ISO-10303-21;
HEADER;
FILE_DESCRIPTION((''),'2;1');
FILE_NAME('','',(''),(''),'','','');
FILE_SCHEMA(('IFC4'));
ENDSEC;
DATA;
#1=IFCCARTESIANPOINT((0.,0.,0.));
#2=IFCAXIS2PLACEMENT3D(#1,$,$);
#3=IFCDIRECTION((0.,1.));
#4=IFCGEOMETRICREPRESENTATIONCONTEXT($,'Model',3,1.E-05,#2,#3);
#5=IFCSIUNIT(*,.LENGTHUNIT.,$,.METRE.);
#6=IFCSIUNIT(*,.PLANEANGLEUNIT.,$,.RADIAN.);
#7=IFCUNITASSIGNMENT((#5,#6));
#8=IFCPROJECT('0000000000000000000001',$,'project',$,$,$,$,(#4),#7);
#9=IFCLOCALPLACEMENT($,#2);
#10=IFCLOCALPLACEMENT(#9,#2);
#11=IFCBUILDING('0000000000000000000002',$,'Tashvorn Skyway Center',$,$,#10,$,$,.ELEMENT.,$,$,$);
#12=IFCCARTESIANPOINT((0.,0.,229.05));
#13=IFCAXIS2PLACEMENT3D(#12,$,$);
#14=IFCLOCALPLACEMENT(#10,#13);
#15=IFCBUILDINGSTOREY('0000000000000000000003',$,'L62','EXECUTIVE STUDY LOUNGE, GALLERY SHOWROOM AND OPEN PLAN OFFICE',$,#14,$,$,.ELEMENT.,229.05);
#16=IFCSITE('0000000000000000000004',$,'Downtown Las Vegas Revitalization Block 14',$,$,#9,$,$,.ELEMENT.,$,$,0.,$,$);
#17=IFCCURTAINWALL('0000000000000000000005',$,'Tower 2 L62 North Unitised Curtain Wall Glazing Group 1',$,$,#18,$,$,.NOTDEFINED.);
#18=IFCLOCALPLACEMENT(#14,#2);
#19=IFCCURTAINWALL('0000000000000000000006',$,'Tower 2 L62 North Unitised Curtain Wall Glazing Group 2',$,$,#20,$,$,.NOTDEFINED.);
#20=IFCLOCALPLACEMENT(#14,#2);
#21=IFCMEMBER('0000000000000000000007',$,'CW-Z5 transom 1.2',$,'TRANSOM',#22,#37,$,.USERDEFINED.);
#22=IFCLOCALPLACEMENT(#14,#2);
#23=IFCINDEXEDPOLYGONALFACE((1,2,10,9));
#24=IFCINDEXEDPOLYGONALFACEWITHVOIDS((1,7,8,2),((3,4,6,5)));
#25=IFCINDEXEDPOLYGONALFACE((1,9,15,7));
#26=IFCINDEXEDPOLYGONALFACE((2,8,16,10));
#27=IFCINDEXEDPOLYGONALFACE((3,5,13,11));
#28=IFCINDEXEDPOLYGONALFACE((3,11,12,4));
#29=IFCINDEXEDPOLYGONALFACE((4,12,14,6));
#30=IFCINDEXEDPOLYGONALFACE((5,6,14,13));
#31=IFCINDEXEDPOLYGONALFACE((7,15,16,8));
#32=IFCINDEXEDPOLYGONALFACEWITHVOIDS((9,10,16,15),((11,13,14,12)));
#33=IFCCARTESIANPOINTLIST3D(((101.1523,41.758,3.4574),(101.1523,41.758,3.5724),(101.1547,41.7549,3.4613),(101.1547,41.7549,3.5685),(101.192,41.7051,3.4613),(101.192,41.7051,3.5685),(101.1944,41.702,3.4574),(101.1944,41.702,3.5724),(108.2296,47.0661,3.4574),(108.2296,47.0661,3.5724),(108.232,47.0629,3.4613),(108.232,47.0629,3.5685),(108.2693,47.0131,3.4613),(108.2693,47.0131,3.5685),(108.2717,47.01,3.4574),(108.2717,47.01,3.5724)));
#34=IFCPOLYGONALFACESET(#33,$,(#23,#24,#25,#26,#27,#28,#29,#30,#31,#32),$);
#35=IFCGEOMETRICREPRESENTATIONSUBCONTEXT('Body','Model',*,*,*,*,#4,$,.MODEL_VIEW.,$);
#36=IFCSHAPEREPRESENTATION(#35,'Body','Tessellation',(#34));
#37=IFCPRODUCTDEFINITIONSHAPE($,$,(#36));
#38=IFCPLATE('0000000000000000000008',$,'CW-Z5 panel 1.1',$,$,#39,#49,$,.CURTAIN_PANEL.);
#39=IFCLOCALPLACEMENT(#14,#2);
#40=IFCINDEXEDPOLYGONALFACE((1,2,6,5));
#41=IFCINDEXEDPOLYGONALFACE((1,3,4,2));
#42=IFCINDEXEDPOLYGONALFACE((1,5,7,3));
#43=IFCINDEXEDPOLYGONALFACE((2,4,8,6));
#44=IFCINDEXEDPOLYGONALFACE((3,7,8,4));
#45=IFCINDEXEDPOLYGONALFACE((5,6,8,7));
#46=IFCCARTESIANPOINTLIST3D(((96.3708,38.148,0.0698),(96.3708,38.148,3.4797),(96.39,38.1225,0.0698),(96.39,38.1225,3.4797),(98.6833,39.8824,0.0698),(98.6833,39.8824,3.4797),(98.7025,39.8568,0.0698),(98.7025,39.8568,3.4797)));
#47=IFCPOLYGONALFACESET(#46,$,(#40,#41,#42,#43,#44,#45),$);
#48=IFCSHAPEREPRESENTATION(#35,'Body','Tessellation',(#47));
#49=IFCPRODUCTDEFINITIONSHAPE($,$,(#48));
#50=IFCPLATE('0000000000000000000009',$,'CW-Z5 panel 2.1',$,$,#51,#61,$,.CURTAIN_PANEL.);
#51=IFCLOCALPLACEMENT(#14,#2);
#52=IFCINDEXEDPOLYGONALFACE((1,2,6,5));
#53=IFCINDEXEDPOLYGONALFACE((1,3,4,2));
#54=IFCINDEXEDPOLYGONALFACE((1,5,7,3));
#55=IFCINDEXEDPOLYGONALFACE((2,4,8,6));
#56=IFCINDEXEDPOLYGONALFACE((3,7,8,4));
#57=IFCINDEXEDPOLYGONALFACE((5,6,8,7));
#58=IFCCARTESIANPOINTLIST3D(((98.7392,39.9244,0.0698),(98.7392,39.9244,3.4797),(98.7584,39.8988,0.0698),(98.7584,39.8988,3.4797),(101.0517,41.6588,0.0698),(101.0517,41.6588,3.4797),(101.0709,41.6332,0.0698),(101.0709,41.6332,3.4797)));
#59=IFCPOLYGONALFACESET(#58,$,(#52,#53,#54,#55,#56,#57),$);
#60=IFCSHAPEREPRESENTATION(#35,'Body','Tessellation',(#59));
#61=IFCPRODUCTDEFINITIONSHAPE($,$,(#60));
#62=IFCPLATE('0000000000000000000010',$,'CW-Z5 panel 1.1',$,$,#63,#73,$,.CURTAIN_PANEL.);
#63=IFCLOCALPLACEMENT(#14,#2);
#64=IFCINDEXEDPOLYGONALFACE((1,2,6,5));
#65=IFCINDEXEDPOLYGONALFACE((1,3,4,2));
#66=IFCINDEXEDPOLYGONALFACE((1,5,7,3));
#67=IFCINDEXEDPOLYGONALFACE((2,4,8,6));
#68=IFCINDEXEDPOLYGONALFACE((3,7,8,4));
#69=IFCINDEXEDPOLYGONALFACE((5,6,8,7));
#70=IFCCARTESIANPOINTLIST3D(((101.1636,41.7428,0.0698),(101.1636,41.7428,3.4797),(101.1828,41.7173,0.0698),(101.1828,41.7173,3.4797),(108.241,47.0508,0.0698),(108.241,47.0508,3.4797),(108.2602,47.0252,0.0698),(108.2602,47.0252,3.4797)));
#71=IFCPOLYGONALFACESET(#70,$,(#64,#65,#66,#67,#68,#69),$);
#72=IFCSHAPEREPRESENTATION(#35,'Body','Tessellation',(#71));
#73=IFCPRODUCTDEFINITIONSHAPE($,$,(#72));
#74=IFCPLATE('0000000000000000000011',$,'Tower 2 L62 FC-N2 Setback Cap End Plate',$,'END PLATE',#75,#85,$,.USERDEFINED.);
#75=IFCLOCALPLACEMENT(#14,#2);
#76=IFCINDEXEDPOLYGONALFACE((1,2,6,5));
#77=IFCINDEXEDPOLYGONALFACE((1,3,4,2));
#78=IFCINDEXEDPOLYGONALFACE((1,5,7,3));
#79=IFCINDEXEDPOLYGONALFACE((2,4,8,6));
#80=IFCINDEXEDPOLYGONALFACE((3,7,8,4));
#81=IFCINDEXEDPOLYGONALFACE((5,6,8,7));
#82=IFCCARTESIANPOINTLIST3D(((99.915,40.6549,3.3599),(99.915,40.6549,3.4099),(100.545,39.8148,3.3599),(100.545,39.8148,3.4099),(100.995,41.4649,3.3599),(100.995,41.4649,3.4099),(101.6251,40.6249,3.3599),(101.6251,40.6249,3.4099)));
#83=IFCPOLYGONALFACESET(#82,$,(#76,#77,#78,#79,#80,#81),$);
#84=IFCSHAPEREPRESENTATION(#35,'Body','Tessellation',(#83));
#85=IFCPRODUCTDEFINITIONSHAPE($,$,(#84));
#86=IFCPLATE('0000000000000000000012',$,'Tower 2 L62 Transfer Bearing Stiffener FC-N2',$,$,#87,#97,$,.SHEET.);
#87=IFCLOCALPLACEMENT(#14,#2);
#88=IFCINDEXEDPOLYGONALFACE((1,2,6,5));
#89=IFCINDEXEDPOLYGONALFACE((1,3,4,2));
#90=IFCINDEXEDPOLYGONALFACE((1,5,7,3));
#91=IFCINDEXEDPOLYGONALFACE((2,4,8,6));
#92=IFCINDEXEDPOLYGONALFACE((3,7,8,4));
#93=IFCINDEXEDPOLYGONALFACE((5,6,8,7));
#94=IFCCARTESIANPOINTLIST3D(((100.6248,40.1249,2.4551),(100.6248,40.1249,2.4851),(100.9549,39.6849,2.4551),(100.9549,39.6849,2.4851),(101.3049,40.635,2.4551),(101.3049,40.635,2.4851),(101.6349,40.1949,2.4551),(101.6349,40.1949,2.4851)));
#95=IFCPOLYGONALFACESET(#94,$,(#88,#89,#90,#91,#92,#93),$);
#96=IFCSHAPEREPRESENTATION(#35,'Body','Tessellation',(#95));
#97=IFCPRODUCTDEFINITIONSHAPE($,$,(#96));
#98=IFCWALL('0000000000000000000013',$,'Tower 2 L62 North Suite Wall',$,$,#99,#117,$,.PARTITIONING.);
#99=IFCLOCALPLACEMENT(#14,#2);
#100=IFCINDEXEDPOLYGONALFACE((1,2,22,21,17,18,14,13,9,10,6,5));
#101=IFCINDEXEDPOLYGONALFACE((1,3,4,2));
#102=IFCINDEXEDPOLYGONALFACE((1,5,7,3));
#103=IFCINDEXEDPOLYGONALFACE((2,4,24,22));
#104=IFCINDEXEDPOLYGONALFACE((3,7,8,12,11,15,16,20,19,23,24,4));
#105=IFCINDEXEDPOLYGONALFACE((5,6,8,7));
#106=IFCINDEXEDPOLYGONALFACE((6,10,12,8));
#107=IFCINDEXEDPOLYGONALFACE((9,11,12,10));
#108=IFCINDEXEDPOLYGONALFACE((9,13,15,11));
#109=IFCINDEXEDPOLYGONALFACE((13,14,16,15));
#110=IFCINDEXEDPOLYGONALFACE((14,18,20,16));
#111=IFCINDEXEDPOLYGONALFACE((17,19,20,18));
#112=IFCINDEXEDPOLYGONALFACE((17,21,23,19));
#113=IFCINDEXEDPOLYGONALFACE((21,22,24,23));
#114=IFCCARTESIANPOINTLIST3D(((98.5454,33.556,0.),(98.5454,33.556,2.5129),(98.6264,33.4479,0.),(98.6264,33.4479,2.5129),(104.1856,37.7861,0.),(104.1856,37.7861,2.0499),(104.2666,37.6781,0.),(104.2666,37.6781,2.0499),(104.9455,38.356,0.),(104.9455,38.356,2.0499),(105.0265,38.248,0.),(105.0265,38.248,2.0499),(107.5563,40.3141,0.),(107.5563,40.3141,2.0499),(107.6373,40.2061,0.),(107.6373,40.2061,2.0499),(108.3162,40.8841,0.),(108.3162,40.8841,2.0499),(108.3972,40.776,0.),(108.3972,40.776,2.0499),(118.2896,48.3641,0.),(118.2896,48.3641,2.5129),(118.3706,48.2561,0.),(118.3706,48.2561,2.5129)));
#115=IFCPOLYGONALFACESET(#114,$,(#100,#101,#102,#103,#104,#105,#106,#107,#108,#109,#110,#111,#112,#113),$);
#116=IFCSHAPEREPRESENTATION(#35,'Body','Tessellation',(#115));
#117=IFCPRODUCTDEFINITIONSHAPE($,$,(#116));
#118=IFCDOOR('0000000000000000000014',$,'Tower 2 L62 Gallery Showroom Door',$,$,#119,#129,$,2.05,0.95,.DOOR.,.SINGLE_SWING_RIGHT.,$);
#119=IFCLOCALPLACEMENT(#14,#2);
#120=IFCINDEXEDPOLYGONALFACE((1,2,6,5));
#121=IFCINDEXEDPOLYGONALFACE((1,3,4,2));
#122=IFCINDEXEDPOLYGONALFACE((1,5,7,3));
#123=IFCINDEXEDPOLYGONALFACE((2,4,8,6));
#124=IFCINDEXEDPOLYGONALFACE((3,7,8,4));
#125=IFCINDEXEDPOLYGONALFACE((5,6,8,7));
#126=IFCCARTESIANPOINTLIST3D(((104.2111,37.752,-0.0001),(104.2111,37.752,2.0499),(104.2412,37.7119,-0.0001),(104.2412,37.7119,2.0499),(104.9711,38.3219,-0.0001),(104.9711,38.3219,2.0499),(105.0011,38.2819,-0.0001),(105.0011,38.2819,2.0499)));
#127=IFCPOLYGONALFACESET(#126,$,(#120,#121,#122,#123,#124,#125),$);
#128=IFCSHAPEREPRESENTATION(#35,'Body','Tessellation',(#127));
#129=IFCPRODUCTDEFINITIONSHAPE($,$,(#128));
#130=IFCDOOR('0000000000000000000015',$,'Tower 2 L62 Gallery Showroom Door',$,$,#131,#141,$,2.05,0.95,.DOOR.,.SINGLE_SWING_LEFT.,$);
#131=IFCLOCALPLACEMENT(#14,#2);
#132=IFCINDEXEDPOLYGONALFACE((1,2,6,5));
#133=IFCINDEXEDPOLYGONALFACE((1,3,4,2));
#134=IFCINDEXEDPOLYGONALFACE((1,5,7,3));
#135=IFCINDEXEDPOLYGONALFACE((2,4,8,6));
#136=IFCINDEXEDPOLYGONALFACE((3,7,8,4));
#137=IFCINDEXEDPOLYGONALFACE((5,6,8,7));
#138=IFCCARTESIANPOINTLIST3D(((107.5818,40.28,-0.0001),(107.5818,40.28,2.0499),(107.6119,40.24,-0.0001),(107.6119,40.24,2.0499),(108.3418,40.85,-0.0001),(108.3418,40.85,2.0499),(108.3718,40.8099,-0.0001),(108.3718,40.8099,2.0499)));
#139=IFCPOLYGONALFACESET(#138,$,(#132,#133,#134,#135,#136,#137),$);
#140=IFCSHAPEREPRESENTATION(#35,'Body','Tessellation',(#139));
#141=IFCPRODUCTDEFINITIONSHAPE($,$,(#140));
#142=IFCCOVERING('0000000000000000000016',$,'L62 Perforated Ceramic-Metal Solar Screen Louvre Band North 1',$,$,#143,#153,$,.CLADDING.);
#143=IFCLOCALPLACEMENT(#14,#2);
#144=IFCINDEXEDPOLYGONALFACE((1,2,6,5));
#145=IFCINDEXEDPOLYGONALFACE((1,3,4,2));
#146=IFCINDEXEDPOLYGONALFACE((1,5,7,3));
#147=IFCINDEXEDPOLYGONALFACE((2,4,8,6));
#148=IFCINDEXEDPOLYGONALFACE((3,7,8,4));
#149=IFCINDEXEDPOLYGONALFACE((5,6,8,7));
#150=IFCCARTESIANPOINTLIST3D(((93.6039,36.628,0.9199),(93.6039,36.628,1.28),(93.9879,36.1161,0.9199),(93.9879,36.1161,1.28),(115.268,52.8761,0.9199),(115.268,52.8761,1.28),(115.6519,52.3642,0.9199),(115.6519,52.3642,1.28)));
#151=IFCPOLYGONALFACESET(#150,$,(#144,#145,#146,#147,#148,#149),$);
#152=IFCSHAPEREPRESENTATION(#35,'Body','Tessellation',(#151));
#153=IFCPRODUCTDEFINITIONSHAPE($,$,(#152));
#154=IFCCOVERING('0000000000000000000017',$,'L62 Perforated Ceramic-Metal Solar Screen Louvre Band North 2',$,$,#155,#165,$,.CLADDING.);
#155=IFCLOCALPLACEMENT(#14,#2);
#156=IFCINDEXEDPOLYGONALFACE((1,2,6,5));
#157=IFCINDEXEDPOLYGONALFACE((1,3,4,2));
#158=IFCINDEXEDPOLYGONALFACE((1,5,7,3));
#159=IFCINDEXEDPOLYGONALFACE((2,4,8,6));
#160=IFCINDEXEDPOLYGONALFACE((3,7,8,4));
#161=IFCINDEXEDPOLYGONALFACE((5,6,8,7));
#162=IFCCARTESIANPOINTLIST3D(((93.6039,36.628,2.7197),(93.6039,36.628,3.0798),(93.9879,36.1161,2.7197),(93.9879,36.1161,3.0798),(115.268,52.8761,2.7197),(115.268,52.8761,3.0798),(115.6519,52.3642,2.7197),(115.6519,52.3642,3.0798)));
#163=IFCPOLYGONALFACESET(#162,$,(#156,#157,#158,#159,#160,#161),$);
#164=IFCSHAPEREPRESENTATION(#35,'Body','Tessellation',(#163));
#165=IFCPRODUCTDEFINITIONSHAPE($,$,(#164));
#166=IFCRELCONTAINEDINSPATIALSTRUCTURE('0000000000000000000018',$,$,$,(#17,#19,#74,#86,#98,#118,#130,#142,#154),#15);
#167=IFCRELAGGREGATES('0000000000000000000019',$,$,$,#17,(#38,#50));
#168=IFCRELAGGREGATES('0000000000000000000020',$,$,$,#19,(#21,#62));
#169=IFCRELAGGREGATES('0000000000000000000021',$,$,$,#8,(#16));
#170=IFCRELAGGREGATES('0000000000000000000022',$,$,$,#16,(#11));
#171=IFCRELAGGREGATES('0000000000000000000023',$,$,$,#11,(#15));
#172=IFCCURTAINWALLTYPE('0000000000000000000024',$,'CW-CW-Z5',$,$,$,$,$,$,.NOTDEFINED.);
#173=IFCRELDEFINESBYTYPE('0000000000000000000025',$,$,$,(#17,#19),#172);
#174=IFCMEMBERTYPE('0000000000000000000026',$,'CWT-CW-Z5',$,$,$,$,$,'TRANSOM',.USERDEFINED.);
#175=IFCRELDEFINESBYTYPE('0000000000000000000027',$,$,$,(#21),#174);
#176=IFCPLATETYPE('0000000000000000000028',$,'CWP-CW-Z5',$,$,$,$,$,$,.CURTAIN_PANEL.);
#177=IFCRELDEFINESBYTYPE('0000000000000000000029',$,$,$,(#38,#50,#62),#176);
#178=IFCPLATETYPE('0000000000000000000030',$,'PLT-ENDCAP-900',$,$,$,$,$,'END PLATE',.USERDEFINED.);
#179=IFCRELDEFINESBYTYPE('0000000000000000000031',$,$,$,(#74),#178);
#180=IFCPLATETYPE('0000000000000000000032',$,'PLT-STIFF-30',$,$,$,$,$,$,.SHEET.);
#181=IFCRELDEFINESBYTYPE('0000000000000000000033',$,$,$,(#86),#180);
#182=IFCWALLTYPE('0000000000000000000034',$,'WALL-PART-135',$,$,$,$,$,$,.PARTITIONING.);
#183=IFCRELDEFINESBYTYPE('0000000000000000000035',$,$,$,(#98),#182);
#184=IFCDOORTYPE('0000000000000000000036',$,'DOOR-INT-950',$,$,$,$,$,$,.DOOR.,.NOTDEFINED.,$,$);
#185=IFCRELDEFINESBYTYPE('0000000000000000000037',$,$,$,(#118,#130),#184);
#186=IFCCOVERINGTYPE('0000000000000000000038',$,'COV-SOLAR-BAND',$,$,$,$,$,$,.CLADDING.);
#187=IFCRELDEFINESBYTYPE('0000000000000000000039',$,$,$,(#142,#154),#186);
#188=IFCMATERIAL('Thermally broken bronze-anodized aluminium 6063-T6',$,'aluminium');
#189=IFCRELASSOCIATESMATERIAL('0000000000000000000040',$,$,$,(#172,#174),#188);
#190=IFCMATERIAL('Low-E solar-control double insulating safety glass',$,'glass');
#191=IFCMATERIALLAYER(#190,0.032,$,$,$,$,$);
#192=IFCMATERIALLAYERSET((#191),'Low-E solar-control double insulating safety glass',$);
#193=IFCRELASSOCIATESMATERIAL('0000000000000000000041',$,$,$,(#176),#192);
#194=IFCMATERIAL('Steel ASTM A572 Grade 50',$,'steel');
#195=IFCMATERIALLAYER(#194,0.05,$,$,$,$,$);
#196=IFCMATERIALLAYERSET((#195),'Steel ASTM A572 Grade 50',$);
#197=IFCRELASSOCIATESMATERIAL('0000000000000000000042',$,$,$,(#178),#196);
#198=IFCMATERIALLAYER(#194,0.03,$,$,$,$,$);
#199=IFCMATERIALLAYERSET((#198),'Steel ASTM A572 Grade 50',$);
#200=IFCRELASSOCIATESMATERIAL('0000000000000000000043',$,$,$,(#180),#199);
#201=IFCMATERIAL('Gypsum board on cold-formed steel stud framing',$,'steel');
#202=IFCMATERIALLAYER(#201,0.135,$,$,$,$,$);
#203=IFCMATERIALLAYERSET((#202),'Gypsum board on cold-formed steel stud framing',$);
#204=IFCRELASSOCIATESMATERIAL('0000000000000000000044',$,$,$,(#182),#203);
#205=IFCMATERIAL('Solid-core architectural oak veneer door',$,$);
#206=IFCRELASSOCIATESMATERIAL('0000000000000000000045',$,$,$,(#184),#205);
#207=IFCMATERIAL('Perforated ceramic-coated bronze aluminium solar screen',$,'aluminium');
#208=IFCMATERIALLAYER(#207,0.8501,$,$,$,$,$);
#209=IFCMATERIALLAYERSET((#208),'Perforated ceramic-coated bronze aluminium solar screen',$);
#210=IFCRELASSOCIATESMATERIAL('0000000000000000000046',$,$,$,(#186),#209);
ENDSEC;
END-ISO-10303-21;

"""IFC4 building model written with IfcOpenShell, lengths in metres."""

from ifc_helpers import new_model, si_unit, direction, frame, frame_2d, origin, origin_2d, place, context, subcontext, project, spatial, rectangle, hollow_rectangle, extrude, material, layer, layer_set, material_profile, profile_set, type_object, element, fill, aggregate, save


model = new_model("IFC4")

# Units and contexts
model_context = context("Model", 3, precision=1e-05, world=origin(), true_north=direction((0.0, 1.0)))
body_context = subcontext(model_context, "Body", "Model", "MODEL_VIEW")
ifc_project = project(units=[si_unit("LENGTHUNIT", "METRE"), si_unit("PLANEANGLEUNIT", "RADIAN")], contexts=[model_context])

# Site, building, storey
site_placement = place(None, origin())
site = spatial("IfcSite", under=ifc_project, at=site_placement, Name="Downtown Las Vegas Revitalization Block 14", CompositionType="ELEMENT", RefElevation=0.0)
building_placement = place(site_placement, origin())
building = spatial("IfcBuilding", under=site, at=building_placement, Name="Tashvorn Skyway Center", CompositionType="ELEMENT")
storey_placement = place(building_placement, frame((0.0, 0.0, 229.05)))
storey = spatial("IfcBuildingStorey", under=building, at=storey_placement, Name="L62", Description="EXECUTIVE STUDY LOUNGE, GALLERY SHOWROOM AND OPEN PLAN OFFICE", CompositionType="ELEMENT", Elevation=229.05)

# Shared definitions
ifc_material_1 = material(Name="Steel ASTM A572 Grade 50", Category="steel")

# Curtain wall
ifc_material_2 = material(Name="Thermally broken bronze-anodized aluminium 6063-T6", Category="aluminium")
curtain_wall_type = type_object("IfcCurtainWallType", Name="CW-CW-Z5", PredefinedType="NOTDEFINED", material=ifc_material_2)
curtain_wall_1_placement = place(storey_placement, origin())
curtain_wall_1 = element("IfcCurtainWall", 1, at=curtain_wall_1_placement, inside=storey, type_object=curtain_wall_type, Name="Tower 2 L62 North Unitised Curtain Wall Glazing Group 1", PredefinedType="NOTDEFINED")

# Curtain wall
curtain_wall_2_placement = place(storey_placement, origin())
curtain_wall_2 = element("IfcCurtainWall", 2, at=curtain_wall_2_placement, inside=storey, type_object=curtain_wall_type, Name="Tower 2 L62 North Unitised Curtain Wall Glazing Group 2", PredefinedType="NOTDEFINED")

# Member
ifc_material_profile_1 = material_profile(ifc_material_2, hollow_rectangle(XDim=0.0701, YDim=0.115, WallThickness=0.0039, at=origin_2d()), Name="ALU-TRAN-70x115")
ifc_profile_set_1 = profile_set([ifc_material_profile_1], Name="Thermally broken bronze-anodized aluminium 6063-T6")
member_type_1 = type_object("IfcMemberType", Name="CWT-CW-Z5", ElementType="TRANSOM", PredefinedType="USERDEFINED", material=ifc_profile_set_1)
member_1_placement = place(storey_placement, frame((101.1733, 41.73, 3.5149), z_axis=(0.799997, 0.600004, 0.0), x_axis=(-0.600004, 0.799997, 0.0)))
member_1 = element("IfcMember", 3, at=member_1_placement, type_object=member_type_1, Name="CW-Z5 transom 1.2", ObjectType="TRANSOM", PredefinedType="USERDEFINED", context=body_context, shape_type="SweptSolid", body=[
    extrude(hollow_rectangle(XDim=0.0701, YDim=0.115, WallThickness=0.0039, at=origin_2d()), origin(), (0.0, 0.0, 1.0), 8.8467),
])

# Plates
ifc_material_3 = material(Name="Low-E solar-control double insulating safety glass", Category="glass")
ifc_layer_1 = layer(ifc_material_3, 0.032)
ifc_layer_set_1 = layer_set([ifc_layer_1], Name="Low-E solar-control double insulating safety glass")
plate_type_1 = type_object("IfcPlateType", Name="CWP-CW-Z5", PredefinedType="CURTAIN_PANEL", material=ifc_layer_set_1)
plate_1_placement = place(storey_placement, frame((97.5366, 39.0024, 0.0698), z_axis=(0.0, 0.0, 1.0), x_axis=(0.799998, 0.600003, 0.0)))
plate_1 = element("IfcPlate", 4, at=plate_1_placement, type_object=plate_type_1, Name="CW-Z5 panel 1.1", PredefinedType="CURTAIN_PANEL", context=body_context, shape_type="SweptSolid", body=[
    extrude(rectangle(XDim=2.8906, YDim=0.032, at=origin_2d()), origin(), (0.0, 0.0, 1.0), 3.4099),
])
plate_2_placement = place(storey_placement, frame((99.905, 40.7788, 0.0698), z_axis=(0.0, 0.0, 1.0), x_axis=(0.799998, 0.600003, 0.0)))
plate_2 = element("IfcPlate", 5, at=plate_2_placement, type_object=plate_type_1, Name="CW-Z5 panel 2.1", PredefinedType="CURTAIN_PANEL", context=body_context, shape_type="SweptSolid", body=[
    extrude(rectangle(XDim=2.8906, YDim=0.032, at=origin_2d()), origin(), (0.0, 0.0, 1.0), 3.4099),
])
aggregate(curtain_wall_1, [plate_1, plate_2])
plate_3_placement = place(storey_placement, frame((104.7119, 44.384, 0.0698), z_axis=(0.0, 0.0, 1.0), x_axis=(0.800003, 0.599996, 0.0)))
plate_3 = element("IfcPlate", 6, at=plate_3_placement, type_object=plate_type_1, Name="CW-Z5 panel 1.1", PredefinedType="CURTAIN_PANEL", context=body_context, shape_type="SweptSolid", body=[
    extrude(rectangle(XDim=8.8467, YDim=0.032, at=origin_2d()), origin(), (0.0, 0.0, 1.0), 3.4099),
])
aggregate(curtain_wall_2, [member_1, plate_3])

# Plates
ifc_layer_2 = layer(ifc_material_1, 0.05)
ifc_layer_set_2 = layer_set([ifc_layer_2], Name="Steel ASTM A572 Grade 50")
plate_type_2 = type_object("IfcPlateType", Name="PLT-ENDCAP-900", ElementType="END PLATE", PredefinedType="USERDEFINED", material=ifc_layer_set_2)
plate_4_placement = place(storey_placement, frame((100.77, 40.6399, 3.3599), z_axis=(0.0, 0.0, 1.0), x_axis=(0.8, 0.6, 0.0)))
element("IfcPlate", 7, at=plate_4_placement, inside=storey, type_object=plate_type_2, Name="Tower 2 L62 FC-N2 Setback Cap End Plate", ObjectType="END PLATE", PredefinedType="USERDEFINED", context=body_context, shape_type="SweptSolid", body=[
    extrude(rectangle(XDim=1.3501, YDim=1.05, at=origin_2d()), origin(), (0.0, 0.0, 1.0), 0.05),
])
ifc_layer_3 = layer(ifc_material_1, 0.03)
ifc_layer_set_3 = layer_set([ifc_layer_3], Name="Steel ASTM A572 Grade 50")
plate_type_3 = type_object("IfcPlateType", Name="PLT-STIFF-30", PredefinedType="SHEET", material=ifc_layer_set_3)
plate_5_placement = place(storey_placement, frame((101.1299, 40.1599, 2.4551), z_axis=(0.0, 0.0, 1.0), x_axis=(0.8, 0.6, 0.0)))
element("IfcPlate", 8, at=plate_5_placement, inside=storey, type_object=plate_type_3, Name="Tower 2 L62 Transfer Bearing Stiffener FC-N2", PredefinedType="SHEET", context=body_context, shape_type="SweptSolid", body=[
    extrude(rectangle(XDim=0.8501, YDim=0.55, at=origin_2d()), origin(), (0.0, 0.0, 1.0), 0.03),
])

# Wall, openings, doors
ifc_material_4 = material(Name="Gypsum board on cold-formed steel stud framing", Category="steel")
ifc_layer_4 = layer(ifc_material_4, 0.135)
ifc_layer_set_4 = layer_set([ifc_layer_4], Name="Gypsum board on cold-formed steel stud framing")
wall_type = type_object("IfcWallType", Name="WALL-PART-135", PredefinedType="PARTITIONING", material=ifc_layer_set_4)
wall_placement = place(storey_placement, frame((98.5859, 33.502, 0.0), z_axis=(0.0, 0.0, 1.0), x_axis=(0.8, 0.6, 0.0)))
wall = element("IfcWall", 9, at=wall_placement, inside=storey, type_object=wall_type, Name="Tower 2 L62 North Suite Wall", PredefinedType="PARTITIONING", context=body_context, shape_type="SweptSolid", body=[
    extrude(rectangle(XDim=24.6802, YDim=0.135, at=frame_2d((12.3401, 0.0))), origin(), (0.0, 0.0, 1.0), 2.5129),
])
opening_1_placement = place(wall_placement, frame((7.05, 0.0, 0.0)))
opening_1 = element("IfcOpeningElement", 10, at=opening_1_placement, cuts=wall, PredefinedType="OPENING", context=body_context, shape_type="SweptSolid", body=[
    extrude(rectangle(XDim=0.95, YDim=2.05, at=frame_2d((0.4751, 1.0249))), frame((0.0, 0.0774, 0.0), z_axis=(0.0, -1.0, 0.0), x_axis=(1.0, 0.0, 0.0)), (0.0, 0.0, 1.0), 0.155),
])
opening_2_placement = place(wall_placement, frame((11.2634, 0.0, 0.0)))
opening_2 = element("IfcOpeningElement", 11, at=opening_2_placement, cuts=wall, PredefinedType="OPENING", context=body_context, shape_type="SweptSolid", body=[
    extrude(rectangle(XDim=0.95, YDim=2.05, at=frame_2d((0.4751, 1.0249))), frame((0.0, 0.0774, 0.0), z_axis=(0.0, -1.0, 0.0), x_axis=(1.0, 0.0, 0.0)), (0.0, 0.0, 1.0), 0.155),
])
ifc_material_5 = material(Name="Solid-core architectural oak veneer door")
door_type = type_object("IfcDoorType", Name="DOOR-INT-950", OperationType="NOTDEFINED", PredefinedType="DOOR", material=ifc_material_5)
door_1_placement = place(opening_1_placement, origin())
door_1 = element("IfcDoor", 12, at=door_1_placement, inside=storey, type_object=door_type, Name="Tower 2 L62 Gallery Showroom Door", OperationType="SINGLE_SWING_RIGHT", OverallHeight=2.05, OverallWidth=0.95, PredefinedType="DOOR", context=body_context, shape_type="SweptSolid", body=[
    extrude(rectangle(XDim=0.95, YDim=2.05, at=frame_2d((0.4751, 1.0249))), frame((0.0, 0.0249, 0.0), z_axis=(0.0, -1.0, 0.0), x_axis=(1.0, 0.0, 0.0)), (0.0, 0.0, 1.0), 0.05),
])
fill(opening_1, door_1)
door_2_placement = place(opening_2_placement, origin())
door_2 = element("IfcDoor", 13, at=door_2_placement, inside=storey, type_object=door_type, Name="Tower 2 L62 Gallery Showroom Door", OperationType="SINGLE_SWING_LEFT", OverallHeight=2.05, OverallWidth=0.95, PredefinedType="DOOR", context=body_context, shape_type="SweptSolid", body=[
    extrude(rectangle(XDim=0.95, YDim=2.05, at=frame_2d((0.4751, 1.0249))), frame((0.0, 0.0249, 0.0), z_axis=(0.0, -1.0, 0.0), x_axis=(1.0, 0.0, 0.0)), (0.0, 0.0, 1.0), 0.05),
])
fill(opening_2, door_2)

# Coverings
ifc_material_6 = material(Name="Perforated ceramic-coated bronze aluminium solar screen", Category="aluminium")
ifc_layer_5 = layer(ifc_material_6, 0.8501)
ifc_layer_set_5 = layer_set([ifc_layer_5], Name="Perforated ceramic-coated bronze aluminium solar screen")
covering_type = type_object("IfcCoveringType", Name="COV-SOLAR-BAND", PredefinedType="CLADDING", material=ifc_layer_set_5)
for number, where, z_axis, x_axis, name in (
    (14, (104.6279, 44.4961, 0.9199), (0.0, 0.0, 1.0), (0.8, 0.6, 0.0), "L62 Perforated Ceramic-Metal Solar Screen Louvre Band North 1"),
    (15, (104.6279, 44.4961, 2.7197), (0.0, 0.0, 1.0), (0.8, 0.6, 0.0), "L62 Perforated Ceramic-Metal Solar Screen Louvre Band North 2"),
):
    element("IfcCovering", number, at=place(storey_placement, frame(where, z_axis=z_axis, x_axis=x_axis)), inside=storey, type_object=covering_type, Name=name, PredefinedType="CLADDING", context=body_context, shape_type="SweptSolid", body=[
        extrude(rectangle(XDim=27.0801, YDim=0.6399, at=origin_2d()), origin(), (0.0, 0.0, 1.0), 0.3601),
    ])

save(model, "model.ifc")
